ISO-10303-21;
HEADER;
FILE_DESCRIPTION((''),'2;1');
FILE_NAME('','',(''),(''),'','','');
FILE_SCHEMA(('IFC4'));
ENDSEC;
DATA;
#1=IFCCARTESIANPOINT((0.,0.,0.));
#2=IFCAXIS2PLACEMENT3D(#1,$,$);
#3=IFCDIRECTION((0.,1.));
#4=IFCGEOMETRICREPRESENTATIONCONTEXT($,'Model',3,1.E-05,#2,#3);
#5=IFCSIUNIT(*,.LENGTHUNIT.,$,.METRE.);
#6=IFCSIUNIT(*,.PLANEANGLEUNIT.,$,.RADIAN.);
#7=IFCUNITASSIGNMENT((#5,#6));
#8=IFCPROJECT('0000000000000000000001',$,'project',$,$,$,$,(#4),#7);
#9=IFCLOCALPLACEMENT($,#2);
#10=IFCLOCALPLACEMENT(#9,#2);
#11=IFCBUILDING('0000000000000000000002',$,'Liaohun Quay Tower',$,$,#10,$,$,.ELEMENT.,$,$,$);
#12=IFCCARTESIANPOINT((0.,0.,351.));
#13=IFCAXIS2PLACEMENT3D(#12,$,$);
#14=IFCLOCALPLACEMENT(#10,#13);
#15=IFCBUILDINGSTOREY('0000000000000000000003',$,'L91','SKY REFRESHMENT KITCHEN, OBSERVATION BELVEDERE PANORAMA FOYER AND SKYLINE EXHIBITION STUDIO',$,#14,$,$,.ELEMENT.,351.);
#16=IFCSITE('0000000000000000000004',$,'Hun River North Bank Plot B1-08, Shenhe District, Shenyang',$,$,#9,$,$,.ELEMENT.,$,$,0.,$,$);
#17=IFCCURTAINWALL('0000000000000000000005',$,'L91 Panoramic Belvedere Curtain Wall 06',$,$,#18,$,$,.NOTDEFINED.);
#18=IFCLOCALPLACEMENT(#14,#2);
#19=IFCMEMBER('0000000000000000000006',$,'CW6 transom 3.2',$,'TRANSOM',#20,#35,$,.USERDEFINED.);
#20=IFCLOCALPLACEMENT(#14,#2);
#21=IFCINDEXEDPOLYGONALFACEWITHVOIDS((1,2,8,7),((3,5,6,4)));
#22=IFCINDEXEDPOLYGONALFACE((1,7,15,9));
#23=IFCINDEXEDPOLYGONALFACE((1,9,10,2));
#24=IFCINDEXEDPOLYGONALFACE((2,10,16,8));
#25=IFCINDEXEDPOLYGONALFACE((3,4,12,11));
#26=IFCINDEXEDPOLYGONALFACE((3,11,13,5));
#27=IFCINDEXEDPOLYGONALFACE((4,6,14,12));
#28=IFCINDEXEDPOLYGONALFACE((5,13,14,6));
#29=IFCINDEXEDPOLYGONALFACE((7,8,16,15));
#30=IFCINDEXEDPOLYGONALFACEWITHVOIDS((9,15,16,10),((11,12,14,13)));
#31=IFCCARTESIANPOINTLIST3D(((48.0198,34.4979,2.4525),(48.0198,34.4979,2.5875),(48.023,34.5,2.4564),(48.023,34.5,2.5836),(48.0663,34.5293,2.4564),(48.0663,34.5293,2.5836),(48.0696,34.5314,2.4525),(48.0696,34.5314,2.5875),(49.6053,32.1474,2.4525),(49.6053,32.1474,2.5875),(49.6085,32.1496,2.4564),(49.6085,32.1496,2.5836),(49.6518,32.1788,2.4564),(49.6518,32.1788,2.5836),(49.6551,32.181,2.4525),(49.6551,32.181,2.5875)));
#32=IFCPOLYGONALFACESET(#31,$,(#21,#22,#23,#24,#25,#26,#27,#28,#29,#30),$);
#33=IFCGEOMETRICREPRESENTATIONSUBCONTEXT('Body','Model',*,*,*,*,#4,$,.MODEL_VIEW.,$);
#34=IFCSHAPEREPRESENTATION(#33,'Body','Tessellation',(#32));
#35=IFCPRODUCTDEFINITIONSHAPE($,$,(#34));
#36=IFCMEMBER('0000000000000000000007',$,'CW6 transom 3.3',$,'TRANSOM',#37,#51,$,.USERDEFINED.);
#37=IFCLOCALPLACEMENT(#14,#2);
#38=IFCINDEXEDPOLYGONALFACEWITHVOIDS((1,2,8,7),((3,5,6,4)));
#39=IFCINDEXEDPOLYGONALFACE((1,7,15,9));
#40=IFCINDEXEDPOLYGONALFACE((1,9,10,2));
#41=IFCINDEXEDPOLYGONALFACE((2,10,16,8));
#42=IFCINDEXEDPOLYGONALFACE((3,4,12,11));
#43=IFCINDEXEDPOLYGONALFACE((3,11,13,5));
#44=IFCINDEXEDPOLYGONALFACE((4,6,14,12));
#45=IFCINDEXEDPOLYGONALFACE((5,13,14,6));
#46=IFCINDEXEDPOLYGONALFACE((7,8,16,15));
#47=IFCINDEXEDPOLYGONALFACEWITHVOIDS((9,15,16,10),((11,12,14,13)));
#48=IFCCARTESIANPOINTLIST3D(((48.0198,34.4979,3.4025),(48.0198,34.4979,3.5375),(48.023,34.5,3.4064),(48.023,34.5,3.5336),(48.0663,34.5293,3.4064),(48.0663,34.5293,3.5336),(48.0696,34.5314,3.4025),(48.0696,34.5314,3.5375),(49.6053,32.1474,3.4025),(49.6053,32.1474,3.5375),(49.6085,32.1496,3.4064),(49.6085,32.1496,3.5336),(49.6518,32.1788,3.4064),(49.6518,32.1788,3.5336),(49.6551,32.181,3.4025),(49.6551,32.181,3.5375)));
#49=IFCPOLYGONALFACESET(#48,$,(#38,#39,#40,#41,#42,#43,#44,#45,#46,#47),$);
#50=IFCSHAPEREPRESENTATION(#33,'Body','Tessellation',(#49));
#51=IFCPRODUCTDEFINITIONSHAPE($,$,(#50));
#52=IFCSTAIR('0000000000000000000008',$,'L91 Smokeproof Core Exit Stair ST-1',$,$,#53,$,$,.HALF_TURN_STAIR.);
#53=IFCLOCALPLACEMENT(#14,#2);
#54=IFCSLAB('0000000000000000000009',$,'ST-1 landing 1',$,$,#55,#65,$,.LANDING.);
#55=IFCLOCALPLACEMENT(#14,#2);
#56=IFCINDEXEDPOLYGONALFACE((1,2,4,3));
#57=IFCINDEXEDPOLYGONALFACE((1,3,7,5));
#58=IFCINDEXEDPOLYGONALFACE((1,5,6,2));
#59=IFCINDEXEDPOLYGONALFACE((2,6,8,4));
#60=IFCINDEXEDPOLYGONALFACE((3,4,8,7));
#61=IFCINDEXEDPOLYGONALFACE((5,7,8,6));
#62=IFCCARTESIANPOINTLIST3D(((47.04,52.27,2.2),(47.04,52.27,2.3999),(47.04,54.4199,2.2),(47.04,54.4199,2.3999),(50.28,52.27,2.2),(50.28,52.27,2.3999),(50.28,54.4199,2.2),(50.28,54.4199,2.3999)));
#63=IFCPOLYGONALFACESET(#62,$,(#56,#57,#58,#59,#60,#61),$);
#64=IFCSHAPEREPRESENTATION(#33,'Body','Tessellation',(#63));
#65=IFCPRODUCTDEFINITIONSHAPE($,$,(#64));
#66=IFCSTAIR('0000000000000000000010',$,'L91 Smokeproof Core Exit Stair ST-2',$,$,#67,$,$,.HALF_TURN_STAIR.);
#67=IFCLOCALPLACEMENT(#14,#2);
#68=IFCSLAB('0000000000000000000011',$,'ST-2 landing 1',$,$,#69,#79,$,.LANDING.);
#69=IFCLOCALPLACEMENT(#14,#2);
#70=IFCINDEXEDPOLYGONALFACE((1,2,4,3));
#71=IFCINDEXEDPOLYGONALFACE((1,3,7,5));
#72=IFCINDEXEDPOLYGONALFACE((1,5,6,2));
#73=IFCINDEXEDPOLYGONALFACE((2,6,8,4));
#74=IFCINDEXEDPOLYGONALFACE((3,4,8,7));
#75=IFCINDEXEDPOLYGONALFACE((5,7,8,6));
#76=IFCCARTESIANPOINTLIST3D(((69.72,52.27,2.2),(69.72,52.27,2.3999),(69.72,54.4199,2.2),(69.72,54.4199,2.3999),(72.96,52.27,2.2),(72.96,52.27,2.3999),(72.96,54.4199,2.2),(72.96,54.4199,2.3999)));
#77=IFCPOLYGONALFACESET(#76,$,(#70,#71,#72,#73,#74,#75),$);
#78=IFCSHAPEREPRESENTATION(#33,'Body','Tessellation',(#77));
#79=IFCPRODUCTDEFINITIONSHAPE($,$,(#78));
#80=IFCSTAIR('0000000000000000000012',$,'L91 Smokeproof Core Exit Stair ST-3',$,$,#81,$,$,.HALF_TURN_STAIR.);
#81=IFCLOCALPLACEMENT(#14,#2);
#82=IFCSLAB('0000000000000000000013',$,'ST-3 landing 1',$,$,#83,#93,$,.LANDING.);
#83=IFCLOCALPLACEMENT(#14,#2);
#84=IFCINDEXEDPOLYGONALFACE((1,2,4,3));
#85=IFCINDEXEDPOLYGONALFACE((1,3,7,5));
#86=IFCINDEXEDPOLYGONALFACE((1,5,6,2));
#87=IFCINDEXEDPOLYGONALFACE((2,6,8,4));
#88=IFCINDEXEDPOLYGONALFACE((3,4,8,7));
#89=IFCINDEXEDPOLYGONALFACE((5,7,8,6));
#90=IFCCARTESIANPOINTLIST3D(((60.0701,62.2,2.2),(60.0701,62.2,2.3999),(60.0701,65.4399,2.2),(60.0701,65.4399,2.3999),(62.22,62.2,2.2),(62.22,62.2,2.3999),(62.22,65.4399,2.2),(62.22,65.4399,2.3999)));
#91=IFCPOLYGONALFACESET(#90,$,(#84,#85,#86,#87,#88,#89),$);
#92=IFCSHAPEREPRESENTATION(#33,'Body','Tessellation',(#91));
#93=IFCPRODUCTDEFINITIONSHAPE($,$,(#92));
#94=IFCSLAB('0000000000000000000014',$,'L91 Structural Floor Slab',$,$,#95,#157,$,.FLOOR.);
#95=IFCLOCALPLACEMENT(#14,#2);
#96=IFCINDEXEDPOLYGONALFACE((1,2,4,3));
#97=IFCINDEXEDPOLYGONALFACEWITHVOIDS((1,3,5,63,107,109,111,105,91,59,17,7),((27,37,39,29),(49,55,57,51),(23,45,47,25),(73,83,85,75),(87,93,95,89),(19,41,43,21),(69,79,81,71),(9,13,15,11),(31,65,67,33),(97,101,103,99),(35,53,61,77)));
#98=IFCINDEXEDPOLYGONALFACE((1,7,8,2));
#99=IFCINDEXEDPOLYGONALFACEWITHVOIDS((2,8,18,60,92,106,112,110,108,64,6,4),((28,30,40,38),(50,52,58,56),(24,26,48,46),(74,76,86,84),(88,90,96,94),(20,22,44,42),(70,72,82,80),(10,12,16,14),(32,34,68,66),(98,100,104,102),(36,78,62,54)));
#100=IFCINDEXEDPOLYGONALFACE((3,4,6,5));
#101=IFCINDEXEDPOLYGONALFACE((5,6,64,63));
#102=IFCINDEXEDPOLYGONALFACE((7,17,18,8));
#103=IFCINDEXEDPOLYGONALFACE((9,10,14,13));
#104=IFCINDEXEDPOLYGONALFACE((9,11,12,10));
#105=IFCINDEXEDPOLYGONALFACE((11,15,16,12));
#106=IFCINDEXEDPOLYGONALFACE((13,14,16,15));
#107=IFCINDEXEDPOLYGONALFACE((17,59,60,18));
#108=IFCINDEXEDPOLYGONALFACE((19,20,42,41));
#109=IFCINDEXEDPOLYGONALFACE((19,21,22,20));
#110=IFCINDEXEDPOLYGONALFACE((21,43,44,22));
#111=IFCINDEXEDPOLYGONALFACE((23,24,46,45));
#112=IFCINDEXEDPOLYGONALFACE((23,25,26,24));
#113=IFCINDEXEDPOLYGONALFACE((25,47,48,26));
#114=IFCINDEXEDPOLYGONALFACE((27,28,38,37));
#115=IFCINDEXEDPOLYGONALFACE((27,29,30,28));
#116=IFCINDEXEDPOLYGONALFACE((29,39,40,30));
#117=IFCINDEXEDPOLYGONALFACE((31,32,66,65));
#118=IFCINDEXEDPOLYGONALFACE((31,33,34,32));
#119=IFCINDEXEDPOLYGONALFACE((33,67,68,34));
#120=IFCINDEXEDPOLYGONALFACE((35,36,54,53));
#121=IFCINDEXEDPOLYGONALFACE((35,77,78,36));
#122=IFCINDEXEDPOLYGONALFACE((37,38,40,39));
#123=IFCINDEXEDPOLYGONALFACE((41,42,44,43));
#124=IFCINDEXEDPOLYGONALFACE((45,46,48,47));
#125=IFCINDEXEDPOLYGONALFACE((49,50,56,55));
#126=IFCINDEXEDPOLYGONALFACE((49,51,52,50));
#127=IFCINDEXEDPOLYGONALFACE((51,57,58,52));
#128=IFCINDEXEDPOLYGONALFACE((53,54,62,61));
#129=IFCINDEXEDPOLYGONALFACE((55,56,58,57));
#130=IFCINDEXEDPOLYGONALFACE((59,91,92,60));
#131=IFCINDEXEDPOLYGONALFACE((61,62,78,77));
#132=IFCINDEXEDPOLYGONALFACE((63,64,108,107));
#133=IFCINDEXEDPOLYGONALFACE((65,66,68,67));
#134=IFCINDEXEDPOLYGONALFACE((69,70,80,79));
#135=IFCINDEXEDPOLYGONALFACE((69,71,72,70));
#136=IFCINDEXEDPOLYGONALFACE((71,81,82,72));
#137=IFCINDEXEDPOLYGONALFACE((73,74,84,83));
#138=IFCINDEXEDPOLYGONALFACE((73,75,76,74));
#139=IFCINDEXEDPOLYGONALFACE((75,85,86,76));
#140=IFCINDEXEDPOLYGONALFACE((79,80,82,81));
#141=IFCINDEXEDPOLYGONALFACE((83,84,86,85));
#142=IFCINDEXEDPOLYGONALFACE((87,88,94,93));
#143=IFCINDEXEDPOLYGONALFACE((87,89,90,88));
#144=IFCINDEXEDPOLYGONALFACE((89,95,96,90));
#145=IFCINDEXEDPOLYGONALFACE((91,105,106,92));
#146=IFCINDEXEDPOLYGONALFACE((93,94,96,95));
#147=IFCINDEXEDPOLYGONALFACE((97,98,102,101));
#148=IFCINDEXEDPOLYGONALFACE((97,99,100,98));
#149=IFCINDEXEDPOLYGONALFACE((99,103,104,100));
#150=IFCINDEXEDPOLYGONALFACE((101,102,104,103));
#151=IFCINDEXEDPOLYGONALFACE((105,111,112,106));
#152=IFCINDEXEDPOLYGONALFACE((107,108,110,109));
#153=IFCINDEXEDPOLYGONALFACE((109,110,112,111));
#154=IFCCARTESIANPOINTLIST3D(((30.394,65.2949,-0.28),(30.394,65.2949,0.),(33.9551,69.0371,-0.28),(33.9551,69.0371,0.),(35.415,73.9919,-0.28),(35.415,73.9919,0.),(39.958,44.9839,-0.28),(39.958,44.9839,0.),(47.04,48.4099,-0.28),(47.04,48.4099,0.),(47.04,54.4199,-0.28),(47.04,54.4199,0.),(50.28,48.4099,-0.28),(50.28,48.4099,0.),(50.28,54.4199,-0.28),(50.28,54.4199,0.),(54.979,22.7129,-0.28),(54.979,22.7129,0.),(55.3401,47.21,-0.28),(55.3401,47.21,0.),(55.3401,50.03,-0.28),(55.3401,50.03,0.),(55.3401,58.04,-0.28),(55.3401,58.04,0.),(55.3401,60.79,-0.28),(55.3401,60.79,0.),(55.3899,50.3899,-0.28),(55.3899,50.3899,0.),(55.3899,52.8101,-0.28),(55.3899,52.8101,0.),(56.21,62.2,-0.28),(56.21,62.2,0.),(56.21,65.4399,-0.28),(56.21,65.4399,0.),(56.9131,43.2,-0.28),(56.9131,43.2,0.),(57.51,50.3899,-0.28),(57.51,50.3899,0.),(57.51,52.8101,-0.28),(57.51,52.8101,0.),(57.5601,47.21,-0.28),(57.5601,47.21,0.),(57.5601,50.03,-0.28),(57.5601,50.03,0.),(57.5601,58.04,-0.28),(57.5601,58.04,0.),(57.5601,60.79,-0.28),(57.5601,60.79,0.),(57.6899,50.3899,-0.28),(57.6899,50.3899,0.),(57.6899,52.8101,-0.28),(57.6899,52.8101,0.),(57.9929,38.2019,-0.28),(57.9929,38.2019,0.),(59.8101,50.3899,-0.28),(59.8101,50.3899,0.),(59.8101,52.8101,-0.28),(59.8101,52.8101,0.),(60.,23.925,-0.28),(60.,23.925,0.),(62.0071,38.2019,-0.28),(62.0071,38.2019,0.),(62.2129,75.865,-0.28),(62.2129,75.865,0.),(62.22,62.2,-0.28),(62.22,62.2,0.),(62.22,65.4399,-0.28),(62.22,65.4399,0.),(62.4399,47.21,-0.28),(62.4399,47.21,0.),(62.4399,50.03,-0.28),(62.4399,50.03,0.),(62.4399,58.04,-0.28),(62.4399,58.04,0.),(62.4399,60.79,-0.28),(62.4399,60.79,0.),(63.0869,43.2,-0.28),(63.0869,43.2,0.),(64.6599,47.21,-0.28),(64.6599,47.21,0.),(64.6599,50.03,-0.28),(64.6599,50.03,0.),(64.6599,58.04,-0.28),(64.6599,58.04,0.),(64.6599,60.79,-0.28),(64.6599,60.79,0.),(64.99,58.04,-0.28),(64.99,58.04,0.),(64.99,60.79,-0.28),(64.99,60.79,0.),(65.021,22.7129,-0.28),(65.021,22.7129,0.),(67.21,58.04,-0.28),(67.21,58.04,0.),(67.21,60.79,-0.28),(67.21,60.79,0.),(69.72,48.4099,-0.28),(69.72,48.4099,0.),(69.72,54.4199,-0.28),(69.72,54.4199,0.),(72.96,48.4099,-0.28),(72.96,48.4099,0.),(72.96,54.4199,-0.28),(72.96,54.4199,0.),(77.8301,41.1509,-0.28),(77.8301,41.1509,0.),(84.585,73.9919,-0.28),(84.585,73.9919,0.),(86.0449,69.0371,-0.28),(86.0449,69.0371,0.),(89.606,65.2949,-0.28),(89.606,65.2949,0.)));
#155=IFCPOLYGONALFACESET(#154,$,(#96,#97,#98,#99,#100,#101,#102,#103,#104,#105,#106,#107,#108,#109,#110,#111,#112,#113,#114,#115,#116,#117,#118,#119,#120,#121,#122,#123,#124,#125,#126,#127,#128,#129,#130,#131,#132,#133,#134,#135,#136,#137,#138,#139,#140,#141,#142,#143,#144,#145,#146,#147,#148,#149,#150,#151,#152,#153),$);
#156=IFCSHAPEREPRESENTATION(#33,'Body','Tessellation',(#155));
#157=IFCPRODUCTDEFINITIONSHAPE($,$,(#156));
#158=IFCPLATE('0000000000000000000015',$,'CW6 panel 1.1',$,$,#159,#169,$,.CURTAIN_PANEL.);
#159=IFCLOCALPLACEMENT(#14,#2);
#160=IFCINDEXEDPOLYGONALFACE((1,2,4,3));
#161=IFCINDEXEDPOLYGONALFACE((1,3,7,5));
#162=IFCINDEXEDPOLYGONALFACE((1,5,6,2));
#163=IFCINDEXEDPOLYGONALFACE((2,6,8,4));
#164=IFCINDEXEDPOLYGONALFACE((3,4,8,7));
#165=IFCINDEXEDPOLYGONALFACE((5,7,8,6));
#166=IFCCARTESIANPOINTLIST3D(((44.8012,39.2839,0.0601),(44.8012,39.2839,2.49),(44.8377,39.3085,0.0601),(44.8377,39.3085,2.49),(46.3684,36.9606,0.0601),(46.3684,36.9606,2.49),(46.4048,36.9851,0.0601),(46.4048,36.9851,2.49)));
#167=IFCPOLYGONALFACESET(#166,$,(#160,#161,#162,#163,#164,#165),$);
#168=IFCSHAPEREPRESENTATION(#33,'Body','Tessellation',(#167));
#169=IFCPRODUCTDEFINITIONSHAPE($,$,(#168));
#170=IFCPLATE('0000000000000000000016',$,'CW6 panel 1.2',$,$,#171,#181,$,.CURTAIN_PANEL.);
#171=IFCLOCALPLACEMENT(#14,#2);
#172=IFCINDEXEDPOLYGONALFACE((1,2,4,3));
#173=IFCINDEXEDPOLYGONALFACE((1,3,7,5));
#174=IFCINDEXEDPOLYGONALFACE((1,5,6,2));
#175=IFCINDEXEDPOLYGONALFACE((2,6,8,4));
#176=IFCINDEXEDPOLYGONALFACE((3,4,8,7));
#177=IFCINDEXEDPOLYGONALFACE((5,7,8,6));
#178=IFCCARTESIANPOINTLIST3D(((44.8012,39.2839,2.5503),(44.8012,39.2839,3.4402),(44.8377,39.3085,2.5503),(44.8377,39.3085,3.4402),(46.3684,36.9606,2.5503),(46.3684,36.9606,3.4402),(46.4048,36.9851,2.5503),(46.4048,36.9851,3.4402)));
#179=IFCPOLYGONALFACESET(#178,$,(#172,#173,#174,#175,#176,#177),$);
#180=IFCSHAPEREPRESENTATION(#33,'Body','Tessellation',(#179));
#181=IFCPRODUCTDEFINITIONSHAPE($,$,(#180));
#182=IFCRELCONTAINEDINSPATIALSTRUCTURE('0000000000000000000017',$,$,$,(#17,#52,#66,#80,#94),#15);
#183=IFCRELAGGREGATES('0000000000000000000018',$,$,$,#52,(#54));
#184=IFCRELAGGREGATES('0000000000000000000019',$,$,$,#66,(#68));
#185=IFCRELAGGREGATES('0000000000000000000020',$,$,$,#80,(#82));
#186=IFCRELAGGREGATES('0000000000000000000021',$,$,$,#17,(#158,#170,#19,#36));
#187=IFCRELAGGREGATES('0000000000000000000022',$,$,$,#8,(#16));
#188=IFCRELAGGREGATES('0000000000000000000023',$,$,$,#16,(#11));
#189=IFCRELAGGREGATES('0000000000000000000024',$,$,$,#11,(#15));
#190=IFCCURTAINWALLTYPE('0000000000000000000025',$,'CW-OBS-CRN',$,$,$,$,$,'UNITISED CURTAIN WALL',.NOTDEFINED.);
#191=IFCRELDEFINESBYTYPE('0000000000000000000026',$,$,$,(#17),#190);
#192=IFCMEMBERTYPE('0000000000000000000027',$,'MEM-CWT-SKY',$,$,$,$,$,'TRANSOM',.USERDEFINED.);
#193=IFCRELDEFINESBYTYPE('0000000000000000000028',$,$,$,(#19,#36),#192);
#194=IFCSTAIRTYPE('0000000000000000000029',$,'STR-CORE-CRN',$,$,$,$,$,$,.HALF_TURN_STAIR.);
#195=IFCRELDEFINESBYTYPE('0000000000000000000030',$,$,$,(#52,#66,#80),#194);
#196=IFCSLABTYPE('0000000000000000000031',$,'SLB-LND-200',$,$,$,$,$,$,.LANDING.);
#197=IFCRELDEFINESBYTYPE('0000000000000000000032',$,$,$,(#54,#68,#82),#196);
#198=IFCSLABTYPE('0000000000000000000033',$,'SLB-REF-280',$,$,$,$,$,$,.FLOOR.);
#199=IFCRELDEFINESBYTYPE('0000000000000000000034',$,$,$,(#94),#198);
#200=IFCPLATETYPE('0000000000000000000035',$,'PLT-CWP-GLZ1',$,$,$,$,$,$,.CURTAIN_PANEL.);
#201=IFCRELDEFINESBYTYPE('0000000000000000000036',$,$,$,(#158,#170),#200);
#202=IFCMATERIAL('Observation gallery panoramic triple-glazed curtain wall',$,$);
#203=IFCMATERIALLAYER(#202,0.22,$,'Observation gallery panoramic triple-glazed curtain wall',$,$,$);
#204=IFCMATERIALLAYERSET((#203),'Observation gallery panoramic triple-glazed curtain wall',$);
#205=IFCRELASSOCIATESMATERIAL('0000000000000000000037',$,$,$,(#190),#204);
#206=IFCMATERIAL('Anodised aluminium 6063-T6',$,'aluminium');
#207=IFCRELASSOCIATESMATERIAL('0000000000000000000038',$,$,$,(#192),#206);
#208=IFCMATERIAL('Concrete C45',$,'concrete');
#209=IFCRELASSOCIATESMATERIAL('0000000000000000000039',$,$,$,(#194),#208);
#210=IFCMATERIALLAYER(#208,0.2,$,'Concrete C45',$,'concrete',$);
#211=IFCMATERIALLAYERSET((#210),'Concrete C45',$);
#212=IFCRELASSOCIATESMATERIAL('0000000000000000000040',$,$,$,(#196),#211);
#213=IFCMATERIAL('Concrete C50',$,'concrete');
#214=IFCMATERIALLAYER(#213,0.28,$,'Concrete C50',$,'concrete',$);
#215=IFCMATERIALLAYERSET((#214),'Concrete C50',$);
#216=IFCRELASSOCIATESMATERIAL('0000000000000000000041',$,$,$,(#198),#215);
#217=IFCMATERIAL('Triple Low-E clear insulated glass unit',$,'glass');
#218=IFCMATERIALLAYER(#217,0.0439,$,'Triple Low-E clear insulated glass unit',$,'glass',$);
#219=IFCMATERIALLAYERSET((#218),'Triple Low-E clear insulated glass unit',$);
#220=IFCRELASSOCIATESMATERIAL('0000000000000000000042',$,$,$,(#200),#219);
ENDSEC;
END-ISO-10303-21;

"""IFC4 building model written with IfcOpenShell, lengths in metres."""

from ifc_helpers import new_model, si_unit, direction, frame, origin, origin_2d, place, context, subcontext, project, spatial, polyline, rectangle, hollow_rectangle, outline, extrude, source, transform, mapped, material, layer, layer_set, material_profile, profile_set, type_object, element, aggregate, save


model = new_model("IFC4")

# Units and contexts
model_context = context("Model", 3, precision=1e-05, world=origin(), true_north=direction((0.0, 1.0)))
body_context = subcontext(model_context, "Body", "Model", "MODEL_VIEW")
ifc_project = project(units=[si_unit("LENGTHUNIT", "METRE"), si_unit("PLANEANGLEUNIT", "RADIAN")], contexts=[model_context])

# Site, building, storey
site_placement = place(None, origin())
site = spatial("IfcSite", under=ifc_project, at=site_placement, Name="Hun River North Bank Plot B1-08, Shenhe District, Shenyang", CompositionType="ELEMENT", RefElevation=0.0)
building_placement = place(site_placement, origin())
building = spatial("IfcBuilding", under=site, at=building_placement, Name="Liaohun Quay Tower", CompositionType="ELEMENT")
storey_placement = place(building_placement, frame((0.0, 0.0, 351.0)))
storey = spatial("IfcBuildingStorey", under=building, at=storey_placement, Name="L91", Description="SKY REFRESHMENT KITCHEN, OBSERVATION BELVEDERE PANORAMA FOYER AND SKYLINE EXHIBITION STUDIO", CompositionType="ELEMENT", Elevation=351.0)

# Curtain wall, members
ifc_material_1 = material(Name="Observation gallery panoramic triple-glazed curtain wall")
ifc_layer_1 = layer(ifc_material_1, 0.22, Name="Observation gallery panoramic triple-glazed curtain wall")
ifc_layer_set_1 = layer_set([ifc_layer_1], Name="Observation gallery panoramic triple-glazed curtain wall")
curtain_wall_type = type_object("IfcCurtainWallType", Name="CW-OBS-CRN", ElementType="UNITISED CURTAIN WALL", PredefinedType="NOTDEFINED", material=ifc_layer_set_1)
curtain_wall_placement = place(storey_placement, origin())
curtain_wall = element("IfcCurtainWall", 1, at=curtain_wall_placement, inside=storey, type_object=curtain_wall_type, Name="L91 Panoramic Belvedere Curtain Wall 06", PredefinedType="NOTDEFINED")
ifc_material_2 = material(Name="Anodised aluminium 6063-T6", Category="aluminium")
ifc_material_profile_1 = material_profile(ifc_material_2, hollow_rectangle(XDim=0.0601, YDim=0.135, WallThickness=0.0039, at=origin_2d()), Name="RHS135x60x4")
ifc_profile_set_1 = profile_set([ifc_material_profile_1], Name="Anodised aluminium 6063-T6")
member_type_1 = type_object("IfcMemberType", Name="MEM-CWT-SKY", ElementType="TRANSOM", PredefinedType="USERDEFINED", material=ifc_profile_set_1)
shared_shape_1 = source(origin(), body_context, "Body", "SweptSolid", [
    extrude(hollow_rectangle(XDim=0.0601, YDim=0.135, WallThickness=0.0039, at=origin_2d()), origin(), (0.0, 0.0, 1.0), 2.8352),
])
member_1_placement = place(storey_placement, frame((48.0447, 34.5146, 2.52), z_axis=(0.559223, -0.829017, 0.0), x_axis=(0.829017, 0.559223, 0.0)))
member_1 = element("IfcMember", 2, at=member_1_placement, type_object=member_type_1, Name="CW6 transom 3.2", ObjectType="TRANSOM", PredefinedType="USERDEFINED", context=body_context, shape_type="MappedRepresentation", body=[
    mapped(shared_shape_1, transform((0.0, 0.0, 0.0), x_axis=(1.0, 0.0, 0.0), y_axis=(0.0, 1.0, 0.0), z_axis=(0.0, 0.0, 1.0), scale=1.0)),
])
member_2_placement = place(storey_placement, frame((48.0447, 34.5146, 3.47), z_axis=(0.559223, -0.829017, 0.0), x_axis=(0.829017, 0.559223, 0.0)))
member_2 = element("IfcMember", 3, at=member_2_placement, type_object=member_type_1, Name="CW6 transom 3.3", ObjectType="TRANSOM", PredefinedType="USERDEFINED", context=body_context, shape_type="MappedRepresentation", body=[
    mapped(shared_shape_1, transform((0.0, 0.0, 0.0), x_axis=(1.0, 0.0, 0.0), y_axis=(0.0, 1.0, 0.0), z_axis=(0.0, 0.0, 1.0), scale=1.0)),
])

# Stairs, slabs
ifc_material_3 = material(Name="Concrete C45", Category="concrete")
stair_type = type_object("IfcStairType", Name="STR-CORE-CRN", PredefinedType="HALF_TURN_STAIR", material=ifc_material_3)
stair_1_placement = place(storey_placement, origin())
stair_1 = element("IfcStair", 4, at=stair_1_placement, inside=storey, type_object=stair_type, Name="L91 Smokeproof Core Exit Stair ST-1", PredefinedType="HALF_TURN_STAIR")
ifc_layer_2 = layer(ifc_material_3, 0.2, Name="Concrete C45", Category="concrete")
ifc_layer_set_2 = layer_set([ifc_layer_2], Name="Concrete C45")
slab_type_1 = type_object("IfcSlabType", Name="SLB-LND-200", PredefinedType="LANDING", material=ifc_layer_set_2)
slab_1_placement = place(storey_placement, frame((0.0, 0.0, 2.2)))
slab_1 = element("IfcSlab", 5, at=slab_1_placement, type_object=slab_type_1, Name="ST-1 landing 1", PredefinedType="LANDING", context=body_context, shape_type="SweptSolid", body=[
    extrude(outline(polyline([(50.28, 52.27), (50.28, 54.4199), (47.04, 54.4199), (47.04, 52.27), (50.28, 52.27)])), origin(), (0.0, 0.0, 1.0), 0.2),
])
aggregate(stair_1, [slab_1])
stair_2_placement = place(storey_placement, origin())
stair_2 = element("IfcStair", 6, at=stair_2_placement, inside=storey, type_object=stair_type, Name="L91 Smokeproof Core Exit Stair ST-2", PredefinedType="HALF_TURN_STAIR")
slab_2_placement = place(storey_placement, frame((0.0, 0.0, 2.2)))
slab_2 = element("IfcSlab", 7, at=slab_2_placement, type_object=slab_type_1, Name="ST-2 landing 1", PredefinedType="LANDING", context=body_context, shape_type="SweptSolid", body=[
    extrude(outline(polyline([(72.96, 52.27), (72.96, 54.4199), (69.72, 54.4199), (69.72, 52.27), (72.96, 52.27)])), origin(), (0.0, 0.0, 1.0), 0.2),
])
aggregate(stair_2, [slab_2])
stair_3_placement = place(storey_placement, origin())
stair_3 = element("IfcStair", 8, at=stair_3_placement, inside=storey, type_object=stair_type, Name="L91 Smokeproof Core Exit Stair ST-3", PredefinedType="HALF_TURN_STAIR")
slab_3_placement = place(storey_placement, frame((0.0, 0.0, 2.2)))
slab_3 = element("IfcSlab", 9, at=slab_3_placement, type_object=slab_type_1, Name="ST-3 landing 1", PredefinedType="LANDING", context=body_context, shape_type="SweptSolid", body=[
    extrude(outline(polyline([(60.0701, 62.2), (62.22, 62.2), (62.22, 65.4399), (60.0701, 65.4399), (60.0701, 62.2)])), origin(), (0.0, 0.0, 1.0), 0.2),
])
aggregate(stair_3, [slab_3])

# Slab
ifc_material_4 = material(Name="Concrete C50", Category="concrete")
ifc_layer_3 = layer(ifc_material_4, 0.28, Name="Concrete C50", Category="concrete")
ifc_layer_set_3 = layer_set([ifc_layer_3], Name="Concrete C50")
slab_type_2 = type_object("IfcSlabType", Name="SLB-REF-280", PredefinedType="FLOOR", material=ifc_layer_set_3)
slab_4_placement = place(storey_placement, frame((0.0, 0.0, -0.28)))
element("IfcSlab", 10, at=slab_4_placement, inside=storey, type_object=slab_type_2, Name="L91 Structural Floor Slab", PredefinedType="FLOOR", context=body_context, shape_type="SweptSolid", body=[
    extrude(outline(polyline([(54.979, 22.7129), (60.0, 23.925), (65.021, 22.7129), (77.8301, 41.1509), (89.606, 65.2949), (86.0449, 69.0371), (84.585, 73.9919), (62.2129, 75.865), (35.415, 73.9919), (33.9551, 69.0371), (30.394, 65.2949), (39.958, 44.9839), (54.979, 22.7129)]), holes=[polyline([(57.5601, 50.03), (55.3401, 50.03), (55.3401, 47.21), (57.5601, 47.21), (57.5601, 50.03)]), polyline([(47.04, 54.4199), (47.04, 48.4099), (50.28, 48.4099), (50.28, 54.4199), (47.04, 54.4199)]), polyline([(57.51, 52.8101), (55.3899, 52.8101), (55.3899, 50.3899), (57.51, 50.3899), (57.51, 52.8101)]), polyline([(59.8101, 50.3899), (59.8101, 52.8101), (57.6899, 52.8101), (57.6899, 50.3899), (59.8101, 50.3899)]), polyline([(57.5601, 58.04), (57.5601, 60.79), (55.3401, 60.79), (55.3401, 58.04), (57.5601, 58.04)]), polyline([(62.22, 65.4399), (56.21, 65.4399), (56.21, 62.2), (62.22, 62.2), (62.22, 65.4399)]), polyline([(62.0071, 38.2019), (63.0869, 43.2), (56.9131, 43.2), (57.9929, 38.2019), (62.0071, 38.2019)]), polyline([(64.6599, 47.21), (64.6599, 50.03), (62.4399, 50.03), (62.4399, 47.21), (64.6599, 47.21)]), polyline([(69.72, 54.4199), (69.72, 48.4099), (72.96, 48.4099), (72.96, 54.4199), (69.72, 54.4199)]), polyline([(64.6599, 58.04), (64.6599, 60.79), (62.4399, 60.79), (62.4399, 58.04), (64.6599, 58.04)]), polyline([(67.21, 58.04), (67.21, 60.79), (64.99, 60.79), (64.99, 58.04), (67.21, 58.04)])]), origin(), (0.0, 0.0, 1.0), 0.28),
])

# Plates
ifc_material_5 = material(Name="Triple Low-E clear insulated glass unit", Category="glass")
ifc_layer_4 = layer(ifc_material_5, 0.0439, Name="Triple Low-E clear insulated glass unit", Category="glass")
ifc_layer_set_4 = layer_set([ifc_layer_4], Name="Triple Low-E clear insulated glass unit")
plate_type = type_object("IfcPlateType", Name="PLT-CWP-GLZ1", PredefinedType="CURTAIN_PANEL", material=ifc_layer_set_4)
shared_shape_2 = source(origin(), body_context, "Body", "SweptSolid", [
    extrude(rectangle(XDim=2.8025, YDim=0.0439, at=origin_2d()), origin(), (0.0, 0.0, 1.0), 2.4299),
])
plate_1_placement = place(storey_placement, frame((45.603, 38.1345, 0.0601), z_axis=(0.0, 0.0, 1.0), x_axis=(0.559208, -0.829028, 0.0)))
plate_1 = element("IfcPlate", 11, at=plate_1_placement, type_object=plate_type, Name="CW6 panel 1.1", PredefinedType="CURTAIN_PANEL", context=body_context, shape_type="MappedRepresentation", body=[
    mapped(shared_shape_2, transform((0.0, 0.0, 0.0), x_axis=(1.0, 0.0, 0.0), y_axis=(0.0, 1.0, 0.0), z_axis=(0.0, 0.0, 1.0), scale=1.0)),
])
shared_shape_3 = source(origin(), body_context, "Body", "SweptSolid", [
    extrude(rectangle(XDim=2.8025, YDim=0.0439, at=origin_2d()), origin(), (0.0, 0.0, 1.0), 0.8899),
])
plate_2_placement = place(storey_placement, frame((45.603, 38.1345, 2.5503), z_axis=(0.0, 0.0, 1.0), x_axis=(0.559208, -0.829028, 0.0)))
plate_2 = element("IfcPlate", 12, at=plate_2_placement, type_object=plate_type, Name="CW6 panel 1.2", PredefinedType="CURTAIN_PANEL", context=body_context, shape_type="MappedRepresentation", body=[
    mapped(shared_shape_3, transform((0.0, 0.0, 0.0), x_axis=(1.0, 0.0, 0.0), y_axis=(0.0, 1.0, 0.0), z_axis=(0.0, 0.0, 1.0), scale=1.0)),
])
aggregate(curtain_wall, [plate_1, plate_2, member_1, member_2])

save(model, "model.ifc")
